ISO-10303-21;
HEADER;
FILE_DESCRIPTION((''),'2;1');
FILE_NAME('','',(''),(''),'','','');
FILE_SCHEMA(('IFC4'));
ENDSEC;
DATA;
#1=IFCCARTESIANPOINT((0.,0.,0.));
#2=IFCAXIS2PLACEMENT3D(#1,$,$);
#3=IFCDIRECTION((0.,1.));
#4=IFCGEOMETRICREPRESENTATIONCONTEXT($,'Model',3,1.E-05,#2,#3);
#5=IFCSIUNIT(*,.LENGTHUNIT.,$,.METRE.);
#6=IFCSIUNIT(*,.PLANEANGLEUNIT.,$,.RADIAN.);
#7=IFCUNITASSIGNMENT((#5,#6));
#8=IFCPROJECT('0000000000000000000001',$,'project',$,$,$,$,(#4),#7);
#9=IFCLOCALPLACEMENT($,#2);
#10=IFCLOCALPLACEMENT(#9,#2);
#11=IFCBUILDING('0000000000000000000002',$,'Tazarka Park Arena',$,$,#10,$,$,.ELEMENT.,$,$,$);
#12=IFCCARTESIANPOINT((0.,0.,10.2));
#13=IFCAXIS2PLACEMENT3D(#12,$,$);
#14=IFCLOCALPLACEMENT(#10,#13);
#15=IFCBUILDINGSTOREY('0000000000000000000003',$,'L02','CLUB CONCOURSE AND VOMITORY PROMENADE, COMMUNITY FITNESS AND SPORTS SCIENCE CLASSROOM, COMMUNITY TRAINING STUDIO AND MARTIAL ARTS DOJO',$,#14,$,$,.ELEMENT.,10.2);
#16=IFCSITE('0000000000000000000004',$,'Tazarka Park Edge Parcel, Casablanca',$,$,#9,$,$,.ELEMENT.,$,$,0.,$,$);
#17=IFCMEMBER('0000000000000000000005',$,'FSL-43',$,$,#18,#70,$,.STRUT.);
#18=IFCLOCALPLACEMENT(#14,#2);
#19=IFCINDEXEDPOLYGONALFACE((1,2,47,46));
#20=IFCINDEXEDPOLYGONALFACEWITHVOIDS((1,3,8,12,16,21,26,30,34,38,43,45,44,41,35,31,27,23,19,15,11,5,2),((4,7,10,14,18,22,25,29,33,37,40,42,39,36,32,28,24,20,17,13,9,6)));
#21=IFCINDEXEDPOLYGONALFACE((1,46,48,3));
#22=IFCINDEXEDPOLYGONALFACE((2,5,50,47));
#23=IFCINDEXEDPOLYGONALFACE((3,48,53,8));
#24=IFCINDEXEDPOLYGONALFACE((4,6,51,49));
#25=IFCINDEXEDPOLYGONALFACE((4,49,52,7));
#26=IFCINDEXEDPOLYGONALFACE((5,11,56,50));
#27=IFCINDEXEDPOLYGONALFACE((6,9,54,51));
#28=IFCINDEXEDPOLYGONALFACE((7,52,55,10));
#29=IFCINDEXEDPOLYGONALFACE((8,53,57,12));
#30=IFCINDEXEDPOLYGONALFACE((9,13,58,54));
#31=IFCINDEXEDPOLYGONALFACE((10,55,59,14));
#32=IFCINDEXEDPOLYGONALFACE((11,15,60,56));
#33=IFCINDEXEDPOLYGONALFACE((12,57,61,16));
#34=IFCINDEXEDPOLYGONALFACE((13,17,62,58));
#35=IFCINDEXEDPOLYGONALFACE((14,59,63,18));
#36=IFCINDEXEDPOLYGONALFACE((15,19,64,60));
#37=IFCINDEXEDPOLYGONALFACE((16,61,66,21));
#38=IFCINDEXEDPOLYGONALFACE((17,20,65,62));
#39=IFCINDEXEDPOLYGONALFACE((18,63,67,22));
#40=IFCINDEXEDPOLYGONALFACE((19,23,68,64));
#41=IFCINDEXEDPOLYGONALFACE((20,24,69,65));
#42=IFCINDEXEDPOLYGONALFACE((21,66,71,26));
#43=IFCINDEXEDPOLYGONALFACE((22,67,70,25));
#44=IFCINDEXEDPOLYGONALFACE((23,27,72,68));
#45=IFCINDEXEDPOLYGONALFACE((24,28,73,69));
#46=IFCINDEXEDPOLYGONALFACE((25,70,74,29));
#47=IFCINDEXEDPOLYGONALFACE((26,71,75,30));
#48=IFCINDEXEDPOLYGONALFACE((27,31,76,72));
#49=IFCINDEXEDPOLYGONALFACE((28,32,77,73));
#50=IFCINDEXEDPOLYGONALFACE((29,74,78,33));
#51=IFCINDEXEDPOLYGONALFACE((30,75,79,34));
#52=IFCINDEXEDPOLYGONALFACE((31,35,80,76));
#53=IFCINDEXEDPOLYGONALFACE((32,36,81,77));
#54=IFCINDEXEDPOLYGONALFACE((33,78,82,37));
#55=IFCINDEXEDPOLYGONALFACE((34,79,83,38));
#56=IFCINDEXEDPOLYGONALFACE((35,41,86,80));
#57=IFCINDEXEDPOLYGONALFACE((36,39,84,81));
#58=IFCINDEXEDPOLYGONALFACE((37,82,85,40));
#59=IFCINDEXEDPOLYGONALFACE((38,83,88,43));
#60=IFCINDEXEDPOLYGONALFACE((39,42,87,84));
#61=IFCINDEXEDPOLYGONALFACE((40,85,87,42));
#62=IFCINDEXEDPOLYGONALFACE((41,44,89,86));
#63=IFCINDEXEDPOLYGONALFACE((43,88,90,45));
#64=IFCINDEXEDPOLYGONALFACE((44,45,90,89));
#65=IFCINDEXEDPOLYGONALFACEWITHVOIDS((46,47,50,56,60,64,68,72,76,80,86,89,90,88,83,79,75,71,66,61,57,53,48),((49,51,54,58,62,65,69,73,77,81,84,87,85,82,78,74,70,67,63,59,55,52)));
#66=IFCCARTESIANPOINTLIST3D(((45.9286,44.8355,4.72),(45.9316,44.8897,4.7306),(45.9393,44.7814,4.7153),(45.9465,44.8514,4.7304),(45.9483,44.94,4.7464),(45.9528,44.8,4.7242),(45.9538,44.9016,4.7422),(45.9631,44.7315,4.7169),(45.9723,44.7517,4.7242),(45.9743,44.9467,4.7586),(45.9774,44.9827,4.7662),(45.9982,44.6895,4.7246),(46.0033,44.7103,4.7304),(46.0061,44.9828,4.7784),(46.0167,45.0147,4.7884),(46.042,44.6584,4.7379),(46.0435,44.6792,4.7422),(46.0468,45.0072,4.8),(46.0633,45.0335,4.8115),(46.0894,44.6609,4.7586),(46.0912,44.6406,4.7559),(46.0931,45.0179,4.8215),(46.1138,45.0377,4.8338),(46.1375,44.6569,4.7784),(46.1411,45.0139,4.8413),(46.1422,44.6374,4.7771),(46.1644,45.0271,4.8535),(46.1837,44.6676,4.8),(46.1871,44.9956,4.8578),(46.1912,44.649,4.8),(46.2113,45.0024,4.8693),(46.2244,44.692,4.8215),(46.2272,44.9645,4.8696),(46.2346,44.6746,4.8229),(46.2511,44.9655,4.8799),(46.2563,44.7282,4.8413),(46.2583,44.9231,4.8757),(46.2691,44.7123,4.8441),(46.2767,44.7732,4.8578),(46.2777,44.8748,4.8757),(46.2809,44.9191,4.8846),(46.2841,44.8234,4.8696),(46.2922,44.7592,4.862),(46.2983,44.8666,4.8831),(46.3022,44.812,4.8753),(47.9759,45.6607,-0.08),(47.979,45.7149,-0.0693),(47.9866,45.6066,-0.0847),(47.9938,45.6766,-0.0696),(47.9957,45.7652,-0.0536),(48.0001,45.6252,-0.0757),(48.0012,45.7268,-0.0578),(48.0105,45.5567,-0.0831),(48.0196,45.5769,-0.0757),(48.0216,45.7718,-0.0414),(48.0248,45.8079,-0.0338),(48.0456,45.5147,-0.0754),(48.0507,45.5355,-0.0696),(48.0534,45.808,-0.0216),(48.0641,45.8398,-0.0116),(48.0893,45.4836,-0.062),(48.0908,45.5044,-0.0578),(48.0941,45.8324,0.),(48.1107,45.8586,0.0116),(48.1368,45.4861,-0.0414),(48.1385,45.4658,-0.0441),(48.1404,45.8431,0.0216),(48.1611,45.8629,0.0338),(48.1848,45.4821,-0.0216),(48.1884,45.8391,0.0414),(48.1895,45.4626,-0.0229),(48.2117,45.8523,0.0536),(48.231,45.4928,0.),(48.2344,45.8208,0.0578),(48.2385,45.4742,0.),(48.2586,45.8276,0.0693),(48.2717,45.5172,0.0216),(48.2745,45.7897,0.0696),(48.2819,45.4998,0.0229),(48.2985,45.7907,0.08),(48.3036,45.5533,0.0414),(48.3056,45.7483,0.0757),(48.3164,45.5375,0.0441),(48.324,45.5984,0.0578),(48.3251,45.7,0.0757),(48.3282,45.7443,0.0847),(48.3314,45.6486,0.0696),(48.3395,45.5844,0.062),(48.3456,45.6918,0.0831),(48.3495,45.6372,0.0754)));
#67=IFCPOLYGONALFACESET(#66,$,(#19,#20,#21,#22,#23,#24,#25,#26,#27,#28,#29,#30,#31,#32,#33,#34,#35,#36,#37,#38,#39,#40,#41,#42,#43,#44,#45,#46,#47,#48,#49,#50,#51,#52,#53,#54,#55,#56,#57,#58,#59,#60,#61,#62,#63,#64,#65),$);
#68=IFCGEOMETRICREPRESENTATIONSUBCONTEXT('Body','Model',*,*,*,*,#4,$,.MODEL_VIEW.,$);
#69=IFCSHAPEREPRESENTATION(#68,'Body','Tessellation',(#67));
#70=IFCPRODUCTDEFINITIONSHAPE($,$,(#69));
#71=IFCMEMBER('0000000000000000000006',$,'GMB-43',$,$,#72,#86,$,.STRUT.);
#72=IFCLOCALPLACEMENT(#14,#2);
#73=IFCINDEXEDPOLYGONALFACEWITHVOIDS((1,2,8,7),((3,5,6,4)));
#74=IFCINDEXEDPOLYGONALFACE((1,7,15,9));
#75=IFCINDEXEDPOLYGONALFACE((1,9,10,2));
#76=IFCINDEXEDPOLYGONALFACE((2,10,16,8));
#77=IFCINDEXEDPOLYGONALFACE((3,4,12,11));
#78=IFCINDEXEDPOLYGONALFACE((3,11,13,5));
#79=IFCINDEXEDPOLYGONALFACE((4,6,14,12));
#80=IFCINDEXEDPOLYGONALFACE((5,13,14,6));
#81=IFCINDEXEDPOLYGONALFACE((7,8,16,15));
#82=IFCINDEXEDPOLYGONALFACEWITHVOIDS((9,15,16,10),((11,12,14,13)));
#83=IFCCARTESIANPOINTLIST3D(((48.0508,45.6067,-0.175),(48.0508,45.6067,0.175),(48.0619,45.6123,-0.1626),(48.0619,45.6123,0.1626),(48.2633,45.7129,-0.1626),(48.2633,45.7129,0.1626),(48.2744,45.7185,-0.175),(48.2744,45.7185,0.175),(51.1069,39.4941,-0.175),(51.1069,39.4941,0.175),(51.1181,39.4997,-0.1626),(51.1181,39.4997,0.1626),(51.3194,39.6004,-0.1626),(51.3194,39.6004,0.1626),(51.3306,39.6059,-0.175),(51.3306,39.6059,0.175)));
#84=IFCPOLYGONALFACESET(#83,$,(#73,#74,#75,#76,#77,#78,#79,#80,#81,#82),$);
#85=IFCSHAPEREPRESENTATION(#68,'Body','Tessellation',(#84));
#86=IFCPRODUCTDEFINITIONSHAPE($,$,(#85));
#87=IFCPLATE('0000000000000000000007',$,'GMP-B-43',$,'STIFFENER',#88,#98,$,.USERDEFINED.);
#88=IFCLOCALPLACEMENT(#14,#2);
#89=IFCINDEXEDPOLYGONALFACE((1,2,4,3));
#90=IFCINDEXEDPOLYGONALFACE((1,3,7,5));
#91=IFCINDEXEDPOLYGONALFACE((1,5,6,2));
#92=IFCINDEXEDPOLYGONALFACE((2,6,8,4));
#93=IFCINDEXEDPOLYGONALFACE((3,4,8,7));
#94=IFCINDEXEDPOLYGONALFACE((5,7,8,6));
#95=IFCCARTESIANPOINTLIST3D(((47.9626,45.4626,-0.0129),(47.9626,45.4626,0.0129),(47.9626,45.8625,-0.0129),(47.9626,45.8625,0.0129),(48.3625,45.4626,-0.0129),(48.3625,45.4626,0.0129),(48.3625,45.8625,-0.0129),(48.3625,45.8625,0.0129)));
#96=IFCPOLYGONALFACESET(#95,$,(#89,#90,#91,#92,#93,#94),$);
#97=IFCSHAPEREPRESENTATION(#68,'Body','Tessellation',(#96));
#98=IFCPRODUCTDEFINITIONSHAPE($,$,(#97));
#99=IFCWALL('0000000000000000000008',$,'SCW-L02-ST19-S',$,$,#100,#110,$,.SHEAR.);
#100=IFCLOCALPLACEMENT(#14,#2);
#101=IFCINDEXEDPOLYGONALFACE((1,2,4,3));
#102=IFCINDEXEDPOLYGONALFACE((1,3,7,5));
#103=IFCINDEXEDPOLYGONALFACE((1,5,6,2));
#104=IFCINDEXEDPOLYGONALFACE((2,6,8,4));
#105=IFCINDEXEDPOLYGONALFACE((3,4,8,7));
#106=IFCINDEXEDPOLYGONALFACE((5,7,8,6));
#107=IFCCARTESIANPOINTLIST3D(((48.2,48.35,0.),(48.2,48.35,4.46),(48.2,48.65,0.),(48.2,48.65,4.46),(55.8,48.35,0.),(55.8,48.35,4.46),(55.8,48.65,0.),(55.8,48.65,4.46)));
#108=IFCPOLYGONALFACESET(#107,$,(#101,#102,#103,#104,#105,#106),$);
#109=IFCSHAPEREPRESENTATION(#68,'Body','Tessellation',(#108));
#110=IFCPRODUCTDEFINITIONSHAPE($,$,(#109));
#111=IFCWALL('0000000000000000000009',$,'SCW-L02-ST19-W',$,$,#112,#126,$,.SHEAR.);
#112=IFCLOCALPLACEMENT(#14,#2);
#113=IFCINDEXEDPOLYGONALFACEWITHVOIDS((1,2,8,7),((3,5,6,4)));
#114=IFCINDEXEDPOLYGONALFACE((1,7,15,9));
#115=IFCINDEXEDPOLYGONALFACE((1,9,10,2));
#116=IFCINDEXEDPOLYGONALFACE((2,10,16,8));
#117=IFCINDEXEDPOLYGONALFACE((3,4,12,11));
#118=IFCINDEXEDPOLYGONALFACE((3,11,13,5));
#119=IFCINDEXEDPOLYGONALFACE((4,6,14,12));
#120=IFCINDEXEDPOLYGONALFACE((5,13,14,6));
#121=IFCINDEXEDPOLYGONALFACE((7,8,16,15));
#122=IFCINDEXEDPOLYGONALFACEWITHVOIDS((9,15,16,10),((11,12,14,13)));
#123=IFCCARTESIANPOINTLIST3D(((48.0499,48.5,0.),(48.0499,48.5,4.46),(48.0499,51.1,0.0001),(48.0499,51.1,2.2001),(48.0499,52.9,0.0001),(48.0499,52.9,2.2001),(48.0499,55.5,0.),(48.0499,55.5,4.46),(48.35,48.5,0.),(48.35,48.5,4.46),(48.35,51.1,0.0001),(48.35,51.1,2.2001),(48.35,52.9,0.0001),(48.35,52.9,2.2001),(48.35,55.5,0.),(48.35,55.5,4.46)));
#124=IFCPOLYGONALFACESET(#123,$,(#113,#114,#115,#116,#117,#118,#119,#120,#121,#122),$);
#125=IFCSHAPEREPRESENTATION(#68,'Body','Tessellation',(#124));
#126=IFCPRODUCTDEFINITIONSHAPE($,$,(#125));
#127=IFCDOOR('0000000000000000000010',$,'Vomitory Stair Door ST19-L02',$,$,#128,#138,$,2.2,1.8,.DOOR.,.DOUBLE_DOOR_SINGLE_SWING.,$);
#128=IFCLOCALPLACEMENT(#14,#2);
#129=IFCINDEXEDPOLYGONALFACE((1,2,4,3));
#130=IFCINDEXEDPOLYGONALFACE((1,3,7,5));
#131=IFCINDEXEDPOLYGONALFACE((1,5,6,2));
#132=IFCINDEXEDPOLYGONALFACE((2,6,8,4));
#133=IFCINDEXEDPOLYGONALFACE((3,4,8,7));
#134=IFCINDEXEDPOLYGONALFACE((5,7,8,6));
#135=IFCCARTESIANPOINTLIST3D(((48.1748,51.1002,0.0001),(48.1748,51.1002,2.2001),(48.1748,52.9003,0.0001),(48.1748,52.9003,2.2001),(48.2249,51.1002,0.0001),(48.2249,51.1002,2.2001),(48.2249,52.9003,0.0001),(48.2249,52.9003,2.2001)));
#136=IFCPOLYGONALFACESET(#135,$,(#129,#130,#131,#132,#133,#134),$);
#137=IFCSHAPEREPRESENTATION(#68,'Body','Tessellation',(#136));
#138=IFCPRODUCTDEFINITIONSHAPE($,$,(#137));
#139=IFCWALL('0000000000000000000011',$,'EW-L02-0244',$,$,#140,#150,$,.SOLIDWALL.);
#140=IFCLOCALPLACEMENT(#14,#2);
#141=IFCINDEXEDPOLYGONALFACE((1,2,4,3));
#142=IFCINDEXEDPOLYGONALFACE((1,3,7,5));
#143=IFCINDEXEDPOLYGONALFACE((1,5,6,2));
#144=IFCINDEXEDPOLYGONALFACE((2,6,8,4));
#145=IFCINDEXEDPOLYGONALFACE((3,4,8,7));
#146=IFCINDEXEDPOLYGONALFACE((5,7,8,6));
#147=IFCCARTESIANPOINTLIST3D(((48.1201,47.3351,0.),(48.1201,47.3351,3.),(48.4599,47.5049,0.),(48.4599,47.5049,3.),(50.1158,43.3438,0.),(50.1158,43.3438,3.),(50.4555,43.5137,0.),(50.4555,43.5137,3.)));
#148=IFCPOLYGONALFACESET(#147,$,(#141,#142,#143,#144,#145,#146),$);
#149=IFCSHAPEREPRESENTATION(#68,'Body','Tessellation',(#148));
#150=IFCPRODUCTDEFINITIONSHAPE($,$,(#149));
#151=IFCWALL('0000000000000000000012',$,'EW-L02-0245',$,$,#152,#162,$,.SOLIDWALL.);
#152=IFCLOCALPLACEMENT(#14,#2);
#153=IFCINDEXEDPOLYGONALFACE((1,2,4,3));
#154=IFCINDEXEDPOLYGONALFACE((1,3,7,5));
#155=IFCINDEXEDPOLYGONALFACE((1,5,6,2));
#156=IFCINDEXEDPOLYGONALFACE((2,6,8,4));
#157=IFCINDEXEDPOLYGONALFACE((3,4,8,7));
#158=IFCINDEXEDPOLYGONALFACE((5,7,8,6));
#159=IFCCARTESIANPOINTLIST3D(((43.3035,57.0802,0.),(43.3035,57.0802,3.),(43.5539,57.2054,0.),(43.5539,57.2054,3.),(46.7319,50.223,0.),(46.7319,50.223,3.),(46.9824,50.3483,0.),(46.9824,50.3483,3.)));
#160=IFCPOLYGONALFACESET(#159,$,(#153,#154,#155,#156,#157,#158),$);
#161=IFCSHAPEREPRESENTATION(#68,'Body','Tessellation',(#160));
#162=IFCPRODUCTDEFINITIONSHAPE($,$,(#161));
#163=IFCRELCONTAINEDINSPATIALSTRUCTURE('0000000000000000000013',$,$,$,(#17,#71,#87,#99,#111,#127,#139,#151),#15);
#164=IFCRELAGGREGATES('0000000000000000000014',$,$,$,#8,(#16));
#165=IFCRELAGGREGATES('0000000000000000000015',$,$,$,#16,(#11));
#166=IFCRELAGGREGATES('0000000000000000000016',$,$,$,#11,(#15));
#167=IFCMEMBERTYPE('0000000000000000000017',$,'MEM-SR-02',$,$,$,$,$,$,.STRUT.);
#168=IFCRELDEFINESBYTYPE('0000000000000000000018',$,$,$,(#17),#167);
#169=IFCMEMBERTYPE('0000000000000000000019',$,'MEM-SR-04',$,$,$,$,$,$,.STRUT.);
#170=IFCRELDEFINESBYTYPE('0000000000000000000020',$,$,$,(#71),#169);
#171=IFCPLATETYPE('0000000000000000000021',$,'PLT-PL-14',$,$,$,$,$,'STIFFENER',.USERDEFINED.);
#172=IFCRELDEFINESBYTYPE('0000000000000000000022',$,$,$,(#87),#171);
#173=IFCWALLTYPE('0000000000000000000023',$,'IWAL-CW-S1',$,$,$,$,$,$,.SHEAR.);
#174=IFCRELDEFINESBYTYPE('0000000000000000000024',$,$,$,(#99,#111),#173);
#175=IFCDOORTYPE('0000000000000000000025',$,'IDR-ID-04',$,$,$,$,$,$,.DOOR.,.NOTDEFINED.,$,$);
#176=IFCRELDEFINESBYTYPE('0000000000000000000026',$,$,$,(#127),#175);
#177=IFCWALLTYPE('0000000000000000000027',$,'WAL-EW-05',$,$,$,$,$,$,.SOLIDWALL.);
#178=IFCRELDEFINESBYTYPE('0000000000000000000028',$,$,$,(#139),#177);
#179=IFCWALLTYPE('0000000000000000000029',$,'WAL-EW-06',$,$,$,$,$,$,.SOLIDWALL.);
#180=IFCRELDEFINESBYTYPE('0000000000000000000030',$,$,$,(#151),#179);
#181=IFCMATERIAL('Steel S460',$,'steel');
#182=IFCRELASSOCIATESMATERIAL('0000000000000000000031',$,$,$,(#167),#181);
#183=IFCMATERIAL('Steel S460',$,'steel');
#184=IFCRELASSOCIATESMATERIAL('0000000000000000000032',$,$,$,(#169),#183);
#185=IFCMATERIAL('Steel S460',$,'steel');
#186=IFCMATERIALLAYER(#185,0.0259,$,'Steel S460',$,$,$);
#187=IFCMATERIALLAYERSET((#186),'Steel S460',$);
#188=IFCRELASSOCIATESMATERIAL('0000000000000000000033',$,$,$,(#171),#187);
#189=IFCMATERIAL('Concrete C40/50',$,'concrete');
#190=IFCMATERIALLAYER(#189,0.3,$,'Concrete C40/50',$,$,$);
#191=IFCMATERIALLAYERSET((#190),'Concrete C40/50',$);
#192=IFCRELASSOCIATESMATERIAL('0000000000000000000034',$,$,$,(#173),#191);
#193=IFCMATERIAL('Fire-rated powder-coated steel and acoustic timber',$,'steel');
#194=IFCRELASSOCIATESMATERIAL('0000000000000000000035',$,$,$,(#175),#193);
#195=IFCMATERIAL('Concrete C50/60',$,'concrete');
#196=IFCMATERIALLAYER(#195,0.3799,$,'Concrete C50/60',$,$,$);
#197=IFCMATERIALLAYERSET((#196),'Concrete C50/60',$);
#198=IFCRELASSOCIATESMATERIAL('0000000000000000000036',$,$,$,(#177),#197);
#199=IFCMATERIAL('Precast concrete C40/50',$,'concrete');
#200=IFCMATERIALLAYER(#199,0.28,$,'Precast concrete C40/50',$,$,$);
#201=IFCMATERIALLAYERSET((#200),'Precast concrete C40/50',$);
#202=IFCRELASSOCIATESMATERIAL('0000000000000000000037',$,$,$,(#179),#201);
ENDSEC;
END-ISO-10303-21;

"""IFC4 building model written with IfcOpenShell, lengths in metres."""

from ifc_helpers import new_model, si_unit, direction, frame, frame_2d, origin, origin_2d, place, context, subcontext, project, spatial, rectangle, hollow_rectangle, hollow_circle, extrude, material, layer, layer_set, material_profile, profile_set, type_object, element, fill, save


model = new_model("IFC4")

# Units and contexts
model_context = context("Model", 3, precision=1e-05, world=origin(), true_north=direction((0.0, 1.0)))
body_context = subcontext(model_context, "Body", "Model", "MODEL_VIEW")
ifc_project = project(units=[si_unit("LENGTHUNIT", "METRE"), si_unit("PLANEANGLEUNIT", "RADIAN")], contexts=[model_context])

# Site, building, storey
site_placement = place(None, origin())
site = spatial("IfcSite", under=ifc_project, at=site_placement, Name="Tazarka Park Edge Parcel, Casablanca", CompositionType="ELEMENT", RefElevation=0.0)
building_placement = place(site_placement, origin())
building = spatial("IfcBuilding", under=site, at=building_placement, Name="Tazarka Park Arena", CompositionType="ELEMENT")
storey_placement = place(building_placement, frame((0.0, 0.0, 10.2)))
storey = spatial("IfcBuildingStorey", under=building, at=storey_placement, Name="L02", Description="CLUB CONCOURSE AND VOMITORY PROMENADE, COMMUNITY FITNESS AND SPORTS SCIENCE CLASSROOM, COMMUNITY TRAINING STUDIO AND MARTIAL ARTS DOJO", CompositionType="ELEMENT", Elevation=10.2)

# Members
ifc_material_1 = material(Name="Steel S460", Category="steel")
ifc_material_profile_1 = material_profile(ifc_material_1, hollow_circle(Radius=0.2031, WallThickness=0.02, at=origin_2d()), Name="Steel S460")
ifc_profile_set_1 = profile_set([ifc_material_profile_1], Name="Steel S460")
member_type_1 = type_object("IfcMemberType", Name="MEM-SR-02", PredefinedType="STRUT", material=ifc_profile_set_1)
member_1_placement = place(storey_placement, frame((48.1626, 45.6626, 0.0), z_axis=(-0.387517, -0.15619, 0.908535), x_axis=(0.37383, -0.927497, 0.0)))
element("IfcMember", 1, at=member_1_placement, inside=storey, type_object=member_type_1, Name="FSL-43", PredefinedType="STRUT", context=body_context, shape_type="SweptSolid", body=[
    extrude(hollow_circle(Radius=0.2031, WallThickness=0.02, at=origin_2d()), origin(), (0.0, 0.0, 1.0), 5.2832),
])
ifc_material_2 = material(Name="Steel S460", Category="steel")
ifc_material_profile_2 = material_profile(ifc_material_2, hollow_rectangle(XDim=0.25, YDim=0.3501, WallThickness=0.0125, at=origin_2d()), Name="Steel S460")
ifc_profile_set_2 = profile_set([ifc_material_profile_2], Name="Steel S460")
member_type_2 = type_object("IfcMemberType", Name="MEM-SR-04", PredefinedType="STRUT", material=ifc_profile_set_2)
member_2_placement = place(storey_placement, frame((48.1626, 45.6626, 0.0), z_axis=(0.447199, -0.894434, 0.0), x_axis=(0.894434, 0.447199, 0.0)))
element("IfcMember", 2, at=member_2_placement, inside=storey, type_object=member_type_2, Name="GMB-43", PredefinedType="STRUT", context=body_context, shape_type="SweptSolid", body=[
    extrude(hollow_rectangle(XDim=0.25, YDim=0.3501, WallThickness=0.0125, at=origin_2d()), origin(), (0.0, 0.0, 1.0), 6.834),
])

# Plate
ifc_material_3 = material(Name="Steel S460", Category="steel")
ifc_layer_1 = layer(ifc_material_3, 0.0259, Name="Steel S460")
ifc_layer_set_1 = layer_set([ifc_layer_1], Name="Steel S460")
plate_type = type_object("IfcPlateType", Name="PLT-PL-14", ElementType="STIFFENER", PredefinedType="USERDEFINED", material=ifc_layer_set_1)
plate_placement = place(storey_placement, frame((48.1626, 45.6626, -0.0129), z_axis=(0.0, 0.0, 1.0), x_axis=(1.0, 0.0, 0.0)))
element("IfcPlate", 3, at=plate_placement, inside=storey, type_object=plate_type, Name="GMP-B-43", ObjectType="STIFFENER", PredefinedType="USERDEFINED", context=body_context, shape_type="SweptSolid", body=[
    extrude(rectangle(XDim=0.3999, YDim=0.3999, at=origin_2d()), origin(), (0.0, 0.0, 1.0), 0.0259),
])

# Wall
ifc_material_4 = material(Name="Concrete C40/50", Category="concrete")
ifc_layer_2 = layer(ifc_material_4, 0.3, Name="Concrete C40/50")
ifc_layer_set_2 = layer_set([ifc_layer_2], Name="Concrete C40/50")
wall_type_1 = type_object("IfcWallType", Name="IWAL-CW-S1", PredefinedType="SHEAR", material=ifc_layer_set_2)
wall_1_placement = place(storey_placement, frame((55.8, 48.5, 0.0), z_axis=(0.0, 0.0, 1.0), x_axis=(-1.0, 0.0, 0.0)))
element("IfcWall", 4, at=wall_1_placement, inside=storey, type_object=wall_type_1, Name="SCW-L02-ST19-S", PredefinedType="SHEAR", context=body_context, shape_type="SweptSolid", body=[
    extrude(rectangle(XDim=7.6001, YDim=0.3, at=frame_2d((3.8, 0.0))), origin(), (0.0, 0.0, 1.0), 4.46),
])

# Wall, opening, door
wall_2_placement = place(storey_placement, frame((48.2, 48.5, 0.0), z_axis=(0.0, 0.0, 1.0), x_axis=(0.0, 1.0, 0.0)))
wall_2 = element("IfcWall", 5, at=wall_2_placement, inside=storey, type_object=wall_type_1, Name="SCW-L02-ST19-W", PredefinedType="SHEAR", context=body_context, shape_type="SweptSolid", body=[
    extrude(rectangle(XDim=7.0, YDim=0.3, at=frame_2d((3.5, 0.0))), origin(), (0.0, 0.0, 1.0), 4.46),
])
opening_placement = place(wall_2_placement, frame((2.6001, 0.0, 0.0)))
opening = element("IfcOpeningElement", 6, at=opening_placement, cuts=wall_2, PredefinedType="OPENING", context=body_context, shape_type="SweptSolid", body=[
    extrude(rectangle(XDim=1.8, YDim=2.2, at=frame_2d((0.8999, 1.1001))), frame((0.0, 0.1602, 0.0), z_axis=(0.0, -1.0, 0.0), x_axis=(1.0, 0.0, 0.0)), (0.0, 0.0, 1.0), 0.3201),
])
ifc_material_5 = material(Name="Fire-rated powder-coated steel and acoustic timber", Category="steel")
door_type = type_object("IfcDoorType", Name="IDR-ID-04", OperationType="NOTDEFINED", PredefinedType="DOOR", material=ifc_material_5)
door_placement = place(opening_placement, frame((1.8, 0.0, 0.0), z_axis=(0.0, 0.0, 1.0), x_axis=(-1.0, 0.0, 0.0)))
door = element("IfcDoor", 7, at=door_placement, inside=storey, type_object=door_type, Name="Vomitory Stair Door ST19-L02", OperationType="DOUBLE_DOOR_SINGLE_SWING", OverallHeight=2.2, OverallWidth=1.8, PredefinedType="DOOR", context=body_context, shape_type="SweptSolid", body=[
    extrude(rectangle(XDim=1.8, YDim=2.2, at=frame_2d((0.8999, 1.1001))), frame((0.0, 0.0249, 0.0), z_axis=(0.0, -1.0, 0.0), x_axis=(1.0, 0.0, 0.0)), (0.0, 0.0, 1.0), 0.05),
])
fill(opening, door)

# Walls
ifc_material_6 = material(Name="Concrete C50/60", Category="concrete")
ifc_layer_3 = layer(ifc_material_6, 0.3799, Name="Concrete C50/60")
ifc_layer_set_3 = layer_set([ifc_layer_3], Name="Concrete C50/60")
wall_type_2 = type_object("IfcWallType", Name="WAL-EW-05", PredefinedType="SOLIDWALL", material=ifc_layer_set_3)
wall_3_placement = place(storey_placement, frame((50.2856, 43.4287, 0.0), z_axis=(0.0, 0.0, 1.0), x_axis=(-0.447214, 0.894427, 0.0)))
element("IfcWall", 8, at=wall_3_placement, inside=storey, type_object=wall_type_2, Name="EW-L02-0244", PredefinedType="SOLIDWALL", context=body_context, shape_type="SweptSolid", body=[
    extrude(rectangle(XDim=4.4624, YDim=0.3799, at=frame_2d((2.2312, 0.0))), origin(), (0.0, 0.0, 1.0), 3.0),
])
ifc_material_7 = material(Name="Precast concrete C40/50", Category="concrete")
ifc_layer_4 = layer(ifc_material_7, 0.28, Name="Precast concrete C40/50")
ifc_layer_set_4 = layer_set([ifc_layer_4], Name="Precast concrete C40/50")
wall_type_3 = type_object("IfcWallType", Name="WAL-EW-06", PredefinedType="SOLIDWALL", material=ifc_layer_set_4)
wall_4_placement = place(storey_placement, frame((46.8572, 50.2856, 0.0), z_axis=(0.0, 0.0, 1.0), x_axis=(-0.447201, 0.894434, 0.0)))
element("IfcWall", 9, at=wall_4_placement, inside=storey, type_object=wall_type_3, Name="EW-L02-0245", PredefinedType="SOLIDWALL", context=body_context, shape_type="SweptSolid", body=[
    extrude(rectangle(XDim=7.6665, YDim=0.28, at=frame_2d((3.8333, 0.0))), origin(), (0.0, 0.0, 1.0), 3.0),
])

save(model, "model.ifc")
